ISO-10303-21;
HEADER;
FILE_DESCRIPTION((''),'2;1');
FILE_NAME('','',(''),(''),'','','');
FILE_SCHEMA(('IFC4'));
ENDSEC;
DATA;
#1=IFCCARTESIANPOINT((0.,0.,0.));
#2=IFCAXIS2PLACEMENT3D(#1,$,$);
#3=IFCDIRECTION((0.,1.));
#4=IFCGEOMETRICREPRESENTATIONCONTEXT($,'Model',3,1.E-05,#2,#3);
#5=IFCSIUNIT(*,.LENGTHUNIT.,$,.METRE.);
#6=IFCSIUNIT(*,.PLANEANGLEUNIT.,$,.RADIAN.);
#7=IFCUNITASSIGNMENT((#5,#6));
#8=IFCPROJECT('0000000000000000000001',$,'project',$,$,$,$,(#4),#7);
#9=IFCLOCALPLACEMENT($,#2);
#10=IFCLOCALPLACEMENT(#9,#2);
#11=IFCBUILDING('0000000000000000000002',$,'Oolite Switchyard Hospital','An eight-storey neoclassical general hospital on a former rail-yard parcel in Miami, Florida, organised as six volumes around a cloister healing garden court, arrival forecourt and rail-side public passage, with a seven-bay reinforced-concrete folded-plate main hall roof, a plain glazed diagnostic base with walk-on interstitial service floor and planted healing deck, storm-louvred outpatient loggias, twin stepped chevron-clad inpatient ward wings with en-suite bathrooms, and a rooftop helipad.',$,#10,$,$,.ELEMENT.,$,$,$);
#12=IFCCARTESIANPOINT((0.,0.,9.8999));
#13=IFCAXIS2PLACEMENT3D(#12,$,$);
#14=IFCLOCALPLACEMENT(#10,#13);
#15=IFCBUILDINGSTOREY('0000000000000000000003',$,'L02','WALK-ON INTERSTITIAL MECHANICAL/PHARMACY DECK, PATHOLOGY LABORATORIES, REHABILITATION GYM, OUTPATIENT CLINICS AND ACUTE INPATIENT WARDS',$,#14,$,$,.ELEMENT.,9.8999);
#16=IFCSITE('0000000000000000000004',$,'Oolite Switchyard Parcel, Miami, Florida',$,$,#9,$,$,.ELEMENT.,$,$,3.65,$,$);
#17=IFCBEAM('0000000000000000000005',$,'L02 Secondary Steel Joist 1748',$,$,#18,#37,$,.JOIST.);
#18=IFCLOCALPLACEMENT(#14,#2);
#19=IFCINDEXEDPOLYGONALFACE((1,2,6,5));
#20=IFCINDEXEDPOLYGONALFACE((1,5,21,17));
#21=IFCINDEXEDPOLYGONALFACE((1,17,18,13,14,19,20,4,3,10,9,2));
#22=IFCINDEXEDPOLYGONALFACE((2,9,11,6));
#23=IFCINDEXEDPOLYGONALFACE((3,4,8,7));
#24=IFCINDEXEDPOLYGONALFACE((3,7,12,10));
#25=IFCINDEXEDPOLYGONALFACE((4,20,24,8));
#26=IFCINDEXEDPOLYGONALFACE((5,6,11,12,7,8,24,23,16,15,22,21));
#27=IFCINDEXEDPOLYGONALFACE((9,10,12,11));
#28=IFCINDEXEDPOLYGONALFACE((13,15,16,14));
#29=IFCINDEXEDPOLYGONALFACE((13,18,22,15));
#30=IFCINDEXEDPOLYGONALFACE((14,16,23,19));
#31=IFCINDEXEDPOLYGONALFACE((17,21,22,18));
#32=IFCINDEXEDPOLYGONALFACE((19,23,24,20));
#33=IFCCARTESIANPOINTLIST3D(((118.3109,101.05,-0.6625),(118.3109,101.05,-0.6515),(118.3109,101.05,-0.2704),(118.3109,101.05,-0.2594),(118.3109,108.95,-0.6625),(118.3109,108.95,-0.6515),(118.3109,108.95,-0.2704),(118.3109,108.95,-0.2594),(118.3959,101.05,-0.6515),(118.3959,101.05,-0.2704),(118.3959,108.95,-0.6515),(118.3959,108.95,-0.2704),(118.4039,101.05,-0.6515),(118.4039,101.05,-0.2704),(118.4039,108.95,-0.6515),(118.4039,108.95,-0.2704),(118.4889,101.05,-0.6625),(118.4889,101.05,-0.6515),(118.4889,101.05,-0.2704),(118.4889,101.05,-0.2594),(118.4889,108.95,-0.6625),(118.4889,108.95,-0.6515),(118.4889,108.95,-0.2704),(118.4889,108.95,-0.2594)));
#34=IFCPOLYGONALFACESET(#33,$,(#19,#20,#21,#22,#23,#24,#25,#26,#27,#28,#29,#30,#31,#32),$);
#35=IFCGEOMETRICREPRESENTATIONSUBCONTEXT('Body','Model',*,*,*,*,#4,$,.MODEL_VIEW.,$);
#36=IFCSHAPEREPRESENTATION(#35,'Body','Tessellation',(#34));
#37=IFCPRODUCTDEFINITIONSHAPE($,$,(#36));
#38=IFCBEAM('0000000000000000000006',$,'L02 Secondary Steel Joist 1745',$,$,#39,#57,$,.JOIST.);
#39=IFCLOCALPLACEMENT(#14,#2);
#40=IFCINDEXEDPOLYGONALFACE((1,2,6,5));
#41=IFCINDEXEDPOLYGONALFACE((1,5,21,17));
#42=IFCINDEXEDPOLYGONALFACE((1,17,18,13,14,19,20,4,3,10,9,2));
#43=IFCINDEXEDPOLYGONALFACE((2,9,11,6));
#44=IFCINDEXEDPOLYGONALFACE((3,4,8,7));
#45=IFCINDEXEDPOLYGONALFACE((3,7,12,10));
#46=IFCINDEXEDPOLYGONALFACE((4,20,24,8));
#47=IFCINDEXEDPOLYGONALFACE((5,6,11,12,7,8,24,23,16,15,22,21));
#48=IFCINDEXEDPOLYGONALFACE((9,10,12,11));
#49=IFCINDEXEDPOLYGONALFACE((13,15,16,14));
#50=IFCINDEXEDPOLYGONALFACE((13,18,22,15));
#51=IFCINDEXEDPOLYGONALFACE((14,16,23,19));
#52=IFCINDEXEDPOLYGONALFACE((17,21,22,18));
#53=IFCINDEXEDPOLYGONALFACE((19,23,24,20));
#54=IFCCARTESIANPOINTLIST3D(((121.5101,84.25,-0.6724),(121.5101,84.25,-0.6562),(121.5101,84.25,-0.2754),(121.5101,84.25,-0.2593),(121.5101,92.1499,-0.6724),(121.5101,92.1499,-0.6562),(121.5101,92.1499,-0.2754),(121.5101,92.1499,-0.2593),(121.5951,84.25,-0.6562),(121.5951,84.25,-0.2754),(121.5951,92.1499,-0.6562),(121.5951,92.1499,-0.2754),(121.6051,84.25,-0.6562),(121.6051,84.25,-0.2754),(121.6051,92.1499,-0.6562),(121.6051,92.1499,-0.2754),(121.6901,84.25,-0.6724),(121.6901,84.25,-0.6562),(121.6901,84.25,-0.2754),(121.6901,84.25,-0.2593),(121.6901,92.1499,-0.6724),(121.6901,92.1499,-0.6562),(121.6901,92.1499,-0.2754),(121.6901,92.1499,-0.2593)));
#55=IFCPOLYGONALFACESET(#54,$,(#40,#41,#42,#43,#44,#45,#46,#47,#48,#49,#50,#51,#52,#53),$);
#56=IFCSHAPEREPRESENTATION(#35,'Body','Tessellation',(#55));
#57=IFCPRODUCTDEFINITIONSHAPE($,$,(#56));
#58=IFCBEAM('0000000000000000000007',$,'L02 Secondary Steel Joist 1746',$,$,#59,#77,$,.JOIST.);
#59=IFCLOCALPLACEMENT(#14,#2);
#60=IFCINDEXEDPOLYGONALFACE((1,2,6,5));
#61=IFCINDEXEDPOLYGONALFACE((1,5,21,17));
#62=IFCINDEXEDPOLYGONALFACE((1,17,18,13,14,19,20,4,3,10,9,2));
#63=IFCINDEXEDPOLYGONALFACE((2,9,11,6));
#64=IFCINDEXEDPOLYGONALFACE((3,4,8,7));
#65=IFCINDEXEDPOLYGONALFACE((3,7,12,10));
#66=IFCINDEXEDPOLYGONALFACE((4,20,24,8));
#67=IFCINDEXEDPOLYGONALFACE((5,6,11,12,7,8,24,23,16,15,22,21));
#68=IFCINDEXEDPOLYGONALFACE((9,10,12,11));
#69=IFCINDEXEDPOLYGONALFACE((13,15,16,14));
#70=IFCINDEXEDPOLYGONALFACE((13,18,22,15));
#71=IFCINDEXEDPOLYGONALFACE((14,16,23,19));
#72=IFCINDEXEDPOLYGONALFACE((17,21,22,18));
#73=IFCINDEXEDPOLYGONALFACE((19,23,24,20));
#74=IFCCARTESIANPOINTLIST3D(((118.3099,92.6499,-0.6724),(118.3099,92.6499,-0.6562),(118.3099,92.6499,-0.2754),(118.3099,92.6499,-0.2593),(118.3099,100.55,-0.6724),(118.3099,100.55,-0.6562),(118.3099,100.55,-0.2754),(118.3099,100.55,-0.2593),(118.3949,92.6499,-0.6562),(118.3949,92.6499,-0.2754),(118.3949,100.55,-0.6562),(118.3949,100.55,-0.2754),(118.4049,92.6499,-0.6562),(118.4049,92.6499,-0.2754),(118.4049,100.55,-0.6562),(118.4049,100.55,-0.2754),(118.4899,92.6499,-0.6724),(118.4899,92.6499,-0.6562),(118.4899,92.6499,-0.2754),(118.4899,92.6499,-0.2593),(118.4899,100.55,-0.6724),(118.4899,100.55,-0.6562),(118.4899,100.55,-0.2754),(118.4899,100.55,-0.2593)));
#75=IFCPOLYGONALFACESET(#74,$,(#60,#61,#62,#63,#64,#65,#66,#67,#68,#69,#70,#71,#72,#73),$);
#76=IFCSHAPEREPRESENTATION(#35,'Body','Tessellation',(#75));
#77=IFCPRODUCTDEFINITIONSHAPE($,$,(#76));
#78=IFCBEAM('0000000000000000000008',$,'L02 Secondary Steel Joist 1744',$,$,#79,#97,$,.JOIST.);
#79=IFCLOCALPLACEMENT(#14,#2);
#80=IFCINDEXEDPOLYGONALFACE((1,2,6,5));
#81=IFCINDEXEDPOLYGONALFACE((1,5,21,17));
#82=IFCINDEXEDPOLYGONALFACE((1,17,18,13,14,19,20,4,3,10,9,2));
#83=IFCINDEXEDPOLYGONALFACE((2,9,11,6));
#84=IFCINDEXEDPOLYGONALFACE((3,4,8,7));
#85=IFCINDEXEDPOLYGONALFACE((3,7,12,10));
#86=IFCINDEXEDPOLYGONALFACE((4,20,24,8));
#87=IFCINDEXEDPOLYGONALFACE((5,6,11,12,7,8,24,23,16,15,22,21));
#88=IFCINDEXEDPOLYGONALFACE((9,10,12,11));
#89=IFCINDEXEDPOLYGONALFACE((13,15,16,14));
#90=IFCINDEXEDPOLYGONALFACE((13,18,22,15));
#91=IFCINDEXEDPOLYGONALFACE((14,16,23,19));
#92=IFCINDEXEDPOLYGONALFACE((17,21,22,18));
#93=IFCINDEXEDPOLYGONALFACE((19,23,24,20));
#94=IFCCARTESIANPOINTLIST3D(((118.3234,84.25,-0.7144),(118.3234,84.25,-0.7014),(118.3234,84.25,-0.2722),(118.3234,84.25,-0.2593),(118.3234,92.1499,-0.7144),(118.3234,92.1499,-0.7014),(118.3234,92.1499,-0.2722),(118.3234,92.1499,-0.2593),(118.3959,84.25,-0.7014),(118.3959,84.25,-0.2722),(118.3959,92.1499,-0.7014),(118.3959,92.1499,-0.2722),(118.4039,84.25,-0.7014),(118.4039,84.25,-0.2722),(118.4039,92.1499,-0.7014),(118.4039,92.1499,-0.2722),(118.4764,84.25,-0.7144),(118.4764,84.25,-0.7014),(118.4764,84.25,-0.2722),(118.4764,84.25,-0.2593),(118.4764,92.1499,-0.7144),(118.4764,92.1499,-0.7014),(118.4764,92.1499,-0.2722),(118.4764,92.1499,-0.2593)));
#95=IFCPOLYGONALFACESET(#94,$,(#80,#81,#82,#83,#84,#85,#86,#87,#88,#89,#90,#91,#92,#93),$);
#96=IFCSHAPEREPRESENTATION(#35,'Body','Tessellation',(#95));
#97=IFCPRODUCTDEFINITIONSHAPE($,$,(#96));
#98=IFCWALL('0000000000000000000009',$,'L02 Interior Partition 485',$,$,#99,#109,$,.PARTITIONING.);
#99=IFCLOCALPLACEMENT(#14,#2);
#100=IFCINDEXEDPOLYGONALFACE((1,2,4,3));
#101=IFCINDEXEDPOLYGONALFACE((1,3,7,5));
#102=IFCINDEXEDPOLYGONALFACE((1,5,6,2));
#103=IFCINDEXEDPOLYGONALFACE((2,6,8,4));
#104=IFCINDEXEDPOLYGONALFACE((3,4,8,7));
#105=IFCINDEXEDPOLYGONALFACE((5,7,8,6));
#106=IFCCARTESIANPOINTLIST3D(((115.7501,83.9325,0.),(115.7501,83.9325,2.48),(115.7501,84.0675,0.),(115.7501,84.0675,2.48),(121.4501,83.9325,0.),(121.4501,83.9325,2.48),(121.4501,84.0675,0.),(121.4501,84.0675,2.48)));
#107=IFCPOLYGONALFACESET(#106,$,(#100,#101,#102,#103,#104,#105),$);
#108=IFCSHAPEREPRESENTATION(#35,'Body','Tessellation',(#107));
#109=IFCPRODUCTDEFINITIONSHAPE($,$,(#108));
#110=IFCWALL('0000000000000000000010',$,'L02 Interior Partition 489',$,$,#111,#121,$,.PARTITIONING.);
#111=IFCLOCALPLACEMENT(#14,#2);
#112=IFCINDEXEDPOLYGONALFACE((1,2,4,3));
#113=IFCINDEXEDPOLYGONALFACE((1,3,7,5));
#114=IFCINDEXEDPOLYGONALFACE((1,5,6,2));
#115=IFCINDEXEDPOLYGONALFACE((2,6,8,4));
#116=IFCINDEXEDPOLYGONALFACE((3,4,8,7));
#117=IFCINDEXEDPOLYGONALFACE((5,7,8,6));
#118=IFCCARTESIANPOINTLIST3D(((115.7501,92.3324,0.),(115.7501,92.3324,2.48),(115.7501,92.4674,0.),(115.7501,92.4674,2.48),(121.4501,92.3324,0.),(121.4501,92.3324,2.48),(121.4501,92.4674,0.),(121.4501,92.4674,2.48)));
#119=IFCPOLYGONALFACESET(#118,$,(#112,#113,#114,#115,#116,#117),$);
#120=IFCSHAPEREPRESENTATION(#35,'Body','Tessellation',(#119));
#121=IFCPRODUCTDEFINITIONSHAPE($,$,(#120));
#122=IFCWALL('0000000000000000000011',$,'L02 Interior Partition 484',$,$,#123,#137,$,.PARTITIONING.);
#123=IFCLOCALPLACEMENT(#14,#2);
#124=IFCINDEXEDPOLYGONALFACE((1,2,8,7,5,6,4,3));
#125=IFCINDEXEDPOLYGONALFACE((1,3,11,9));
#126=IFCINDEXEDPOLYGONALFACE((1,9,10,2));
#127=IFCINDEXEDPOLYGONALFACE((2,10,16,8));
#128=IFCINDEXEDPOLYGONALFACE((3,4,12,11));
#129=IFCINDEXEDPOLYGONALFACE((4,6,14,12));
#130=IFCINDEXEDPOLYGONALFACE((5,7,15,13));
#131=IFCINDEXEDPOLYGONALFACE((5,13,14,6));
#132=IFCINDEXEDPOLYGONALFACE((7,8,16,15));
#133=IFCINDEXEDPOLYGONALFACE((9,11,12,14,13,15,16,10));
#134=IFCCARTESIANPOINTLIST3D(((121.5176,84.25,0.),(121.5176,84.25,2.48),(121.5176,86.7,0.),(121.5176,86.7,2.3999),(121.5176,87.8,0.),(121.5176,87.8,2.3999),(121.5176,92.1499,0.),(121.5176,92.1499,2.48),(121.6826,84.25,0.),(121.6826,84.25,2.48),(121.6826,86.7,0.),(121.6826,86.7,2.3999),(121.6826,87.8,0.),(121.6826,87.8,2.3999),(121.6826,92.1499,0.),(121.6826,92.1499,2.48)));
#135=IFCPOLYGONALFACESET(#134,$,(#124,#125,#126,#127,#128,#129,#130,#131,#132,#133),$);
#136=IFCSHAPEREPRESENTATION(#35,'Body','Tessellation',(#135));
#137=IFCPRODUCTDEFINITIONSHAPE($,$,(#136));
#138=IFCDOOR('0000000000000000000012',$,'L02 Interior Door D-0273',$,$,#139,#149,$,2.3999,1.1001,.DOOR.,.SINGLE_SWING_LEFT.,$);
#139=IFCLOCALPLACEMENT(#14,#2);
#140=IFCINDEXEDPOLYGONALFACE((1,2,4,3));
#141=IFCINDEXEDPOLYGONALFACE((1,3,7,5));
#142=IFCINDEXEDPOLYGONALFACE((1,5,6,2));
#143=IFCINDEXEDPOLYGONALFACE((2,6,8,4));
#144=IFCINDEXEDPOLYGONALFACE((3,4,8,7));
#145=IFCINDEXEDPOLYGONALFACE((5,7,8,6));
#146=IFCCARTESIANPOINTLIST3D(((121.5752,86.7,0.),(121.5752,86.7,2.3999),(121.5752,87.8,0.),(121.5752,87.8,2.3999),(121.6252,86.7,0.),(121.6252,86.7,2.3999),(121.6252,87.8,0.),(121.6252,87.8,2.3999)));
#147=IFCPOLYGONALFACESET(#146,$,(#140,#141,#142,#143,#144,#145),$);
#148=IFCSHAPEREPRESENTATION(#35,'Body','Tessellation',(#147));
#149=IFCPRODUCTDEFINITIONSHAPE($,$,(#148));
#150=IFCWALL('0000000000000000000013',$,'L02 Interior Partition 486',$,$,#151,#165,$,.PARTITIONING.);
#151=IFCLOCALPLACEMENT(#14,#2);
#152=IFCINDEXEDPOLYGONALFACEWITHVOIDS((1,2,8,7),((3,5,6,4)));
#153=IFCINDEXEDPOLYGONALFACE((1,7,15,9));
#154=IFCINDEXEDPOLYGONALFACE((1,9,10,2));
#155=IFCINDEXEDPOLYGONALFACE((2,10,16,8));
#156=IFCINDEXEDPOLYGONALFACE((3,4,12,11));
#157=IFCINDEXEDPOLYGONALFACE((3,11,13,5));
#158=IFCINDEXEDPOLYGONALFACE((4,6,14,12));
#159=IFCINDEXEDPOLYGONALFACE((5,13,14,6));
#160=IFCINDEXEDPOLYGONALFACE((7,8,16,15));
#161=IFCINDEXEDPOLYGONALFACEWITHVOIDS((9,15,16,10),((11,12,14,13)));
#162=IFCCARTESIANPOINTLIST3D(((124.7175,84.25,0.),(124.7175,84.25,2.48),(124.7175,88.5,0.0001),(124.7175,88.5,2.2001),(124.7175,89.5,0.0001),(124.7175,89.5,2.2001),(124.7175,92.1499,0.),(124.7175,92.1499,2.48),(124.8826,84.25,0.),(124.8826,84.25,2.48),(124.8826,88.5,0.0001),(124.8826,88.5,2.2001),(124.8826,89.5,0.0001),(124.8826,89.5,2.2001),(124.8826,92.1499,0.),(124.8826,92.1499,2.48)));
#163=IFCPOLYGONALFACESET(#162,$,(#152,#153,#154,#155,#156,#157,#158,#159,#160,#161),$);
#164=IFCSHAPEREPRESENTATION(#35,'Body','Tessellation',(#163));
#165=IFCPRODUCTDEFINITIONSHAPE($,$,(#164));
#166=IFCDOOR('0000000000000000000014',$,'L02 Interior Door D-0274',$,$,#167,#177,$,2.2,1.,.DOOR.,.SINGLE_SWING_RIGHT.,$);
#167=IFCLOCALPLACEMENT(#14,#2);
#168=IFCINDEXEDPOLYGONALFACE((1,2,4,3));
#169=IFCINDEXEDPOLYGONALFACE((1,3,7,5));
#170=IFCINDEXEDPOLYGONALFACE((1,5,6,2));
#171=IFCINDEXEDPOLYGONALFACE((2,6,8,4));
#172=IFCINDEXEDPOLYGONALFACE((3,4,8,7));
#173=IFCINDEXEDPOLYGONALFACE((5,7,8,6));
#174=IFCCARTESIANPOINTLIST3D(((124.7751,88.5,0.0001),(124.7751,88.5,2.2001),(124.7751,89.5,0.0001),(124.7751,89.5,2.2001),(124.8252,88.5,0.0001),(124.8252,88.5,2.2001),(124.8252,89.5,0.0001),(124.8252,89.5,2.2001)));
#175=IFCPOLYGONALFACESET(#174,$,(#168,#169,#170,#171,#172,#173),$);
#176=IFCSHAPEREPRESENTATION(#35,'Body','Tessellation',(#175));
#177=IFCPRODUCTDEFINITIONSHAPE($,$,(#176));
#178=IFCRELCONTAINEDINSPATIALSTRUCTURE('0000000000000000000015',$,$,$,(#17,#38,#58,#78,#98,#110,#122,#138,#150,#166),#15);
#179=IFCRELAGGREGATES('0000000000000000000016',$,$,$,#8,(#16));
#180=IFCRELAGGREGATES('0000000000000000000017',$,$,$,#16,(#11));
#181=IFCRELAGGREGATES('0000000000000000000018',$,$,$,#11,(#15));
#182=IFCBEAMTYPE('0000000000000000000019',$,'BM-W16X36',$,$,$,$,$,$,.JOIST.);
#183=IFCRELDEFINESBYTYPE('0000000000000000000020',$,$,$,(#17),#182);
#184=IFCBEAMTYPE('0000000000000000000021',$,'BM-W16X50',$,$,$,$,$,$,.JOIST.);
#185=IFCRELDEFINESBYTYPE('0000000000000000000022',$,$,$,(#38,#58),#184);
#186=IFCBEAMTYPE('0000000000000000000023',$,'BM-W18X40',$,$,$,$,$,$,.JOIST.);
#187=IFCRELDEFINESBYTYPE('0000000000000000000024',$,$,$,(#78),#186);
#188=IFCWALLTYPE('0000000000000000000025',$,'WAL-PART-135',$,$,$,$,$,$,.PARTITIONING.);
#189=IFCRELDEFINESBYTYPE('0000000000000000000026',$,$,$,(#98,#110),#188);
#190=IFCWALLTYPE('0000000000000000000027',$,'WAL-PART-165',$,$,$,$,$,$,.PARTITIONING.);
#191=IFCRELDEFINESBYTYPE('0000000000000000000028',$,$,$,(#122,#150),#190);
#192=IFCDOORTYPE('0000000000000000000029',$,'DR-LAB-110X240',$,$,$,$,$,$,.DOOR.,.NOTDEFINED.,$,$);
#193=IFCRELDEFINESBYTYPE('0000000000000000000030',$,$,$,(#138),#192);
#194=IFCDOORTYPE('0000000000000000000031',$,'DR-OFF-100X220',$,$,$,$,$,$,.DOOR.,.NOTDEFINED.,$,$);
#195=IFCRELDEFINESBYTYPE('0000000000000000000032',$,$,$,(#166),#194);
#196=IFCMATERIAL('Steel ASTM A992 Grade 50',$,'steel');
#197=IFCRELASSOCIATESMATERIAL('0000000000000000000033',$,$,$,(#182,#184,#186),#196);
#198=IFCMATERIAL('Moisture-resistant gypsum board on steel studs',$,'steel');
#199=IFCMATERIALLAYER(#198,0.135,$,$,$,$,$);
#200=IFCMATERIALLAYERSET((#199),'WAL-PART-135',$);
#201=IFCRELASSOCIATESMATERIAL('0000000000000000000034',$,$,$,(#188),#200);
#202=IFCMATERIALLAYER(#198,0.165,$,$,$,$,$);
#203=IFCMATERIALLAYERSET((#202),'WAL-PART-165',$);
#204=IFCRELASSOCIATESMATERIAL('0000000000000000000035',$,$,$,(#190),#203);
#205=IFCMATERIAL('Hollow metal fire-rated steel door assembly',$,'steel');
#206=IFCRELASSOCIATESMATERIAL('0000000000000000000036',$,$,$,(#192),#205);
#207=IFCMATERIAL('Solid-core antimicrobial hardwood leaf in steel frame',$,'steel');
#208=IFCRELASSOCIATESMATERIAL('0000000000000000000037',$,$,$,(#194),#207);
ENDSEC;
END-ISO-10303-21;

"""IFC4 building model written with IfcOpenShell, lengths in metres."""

from ifc_helpers import new_model, si_unit, direction, frame, frame_2d, origin, origin_2d, place, context, subcontext, project, spatial, rectangle, i_section, extrude, material, layer, layer_set, material_profile, profile_set, type_object, element, fill, save


model = new_model("IFC4")

# Units and contexts
model_context = context("Model", 3, precision=1e-05, world=origin(), true_north=direction((0.0, 1.0)))
body_context = subcontext(model_context, "Body", "Model", "MODEL_VIEW")
ifc_project = project(units=[si_unit("LENGTHUNIT", "METRE"), si_unit("PLANEANGLEUNIT", "RADIAN")], contexts=[model_context])

# Site, building, storey
site_placement = place(None, origin())
site = spatial("IfcSite", under=ifc_project, at=site_placement, Name="Oolite Switchyard Parcel, Miami, Florida", CompositionType="ELEMENT", RefElevation=3.65)
building_placement = place(site_placement, origin())
building = spatial("IfcBuilding", under=site, at=building_placement, Name="Oolite Switchyard Hospital", Description="An eight-storey neoclassical general hospital on a former rail-yard parcel in Miami, Florida, organised as six volumes around a cloister healing garden court, arrival forecourt and rail-side public passage, with a seven-bay reinforced-concrete folded-plate main hall roof, a plain glazed diagnostic base with walk-on interstitial service floor and planted healing deck, storm-louvred outpatient loggias, twin stepped chevron-clad inpatient ward wings with en-suite bathrooms, and a rooftop helipad.", CompositionType="ELEMENT")
storey_placement = place(building_placement, frame((0.0, 0.0, 9.8999)))
storey = spatial("IfcBuildingStorey", under=building, at=storey_placement, Name="L02", Description="WALK-ON INTERSTITIAL MECHANICAL/PHARMACY DECK, PATHOLOGY LABORATORIES, REHABILITATION GYM, OUTPATIENT CLINICS AND ACUTE INPATIENT WARDS", CompositionType="ELEMENT", Elevation=9.8999)

# Shared definitions
ifc_material_1 = material(Name="Steel ASTM A992 Grade 50", Category="steel")

# Beams
ifc_material_profile_1 = material_profile(ifc_material_1, i_section(OverallWidth=0.178, OverallDepth=0.4031, WebThickness=0.0081, FlangeThickness=0.011, at=origin_2d()), Name="W16X36")
ifc_profile_set_1 = profile_set([ifc_material_profile_1], Name="Steel ASTM A992 Grade 50")
beam_type_1 = type_object("IfcBeamType", Name="BM-W16X36", PredefinedType="JOIST", material=ifc_profile_set_1)
beam_1_placement = place(storey_placement, frame((118.3999, 101.05, -0.4609), z_axis=(0.0, 1.0, 0.0), x_axis=(-1.0, 0.0, 0.0)))
element("IfcBeam", 1, at=beam_1_placement, inside=storey, type_object=beam_type_1, Name="L02 Secondary Steel Joist 1748", PredefinedType="JOIST", context=body_context, shape_type="SweptSolid", body=[
    extrude(i_section(OverallWidth=0.178, OverallDepth=0.4031, WebThickness=0.0081, FlangeThickness=0.011, at=origin_2d()), origin(), (0.0, 0.0, 1.0), 7.8999),
])
ifc_material_profile_2 = material_profile(ifc_material_1, i_section(OverallWidth=0.1799, OverallDepth=0.4131, WebThickness=0.01, FlangeThickness=0.0161, at=origin_2d()), Name="W16X50")
ifc_profile_set_2 = profile_set([ifc_material_profile_2], Name="Steel ASTM A992 Grade 50")
beam_type_2 = type_object("IfcBeamType", Name="BM-W16X50", PredefinedType="JOIST", material=ifc_profile_set_2)
beam_2_placement = place(storey_placement, frame((121.6001, 84.25, -0.4658), z_axis=(0.0, 1.0, 0.0), x_axis=(-1.0, 0.0, 0.0)))
element("IfcBeam", 2, at=beam_2_placement, inside=storey, type_object=beam_type_2, Name="L02 Secondary Steel Joist 1745", PredefinedType="JOIST", context=body_context, shape_type="SweptSolid", body=[
    extrude(i_section(OverallWidth=0.1799, OverallDepth=0.4131, WebThickness=0.01, FlangeThickness=0.0161, at=origin_2d()), origin(), (0.0, 0.0, 1.0), 7.8999),
])
beam_3_placement = place(storey_placement, frame((118.3999, 92.6499, -0.4658), z_axis=(0.0, 1.0, 0.0), x_axis=(-1.0, 0.0, 0.0)))
element("IfcBeam", 3, at=beam_3_placement, inside=storey, type_object=beam_type_2, Name="L02 Secondary Steel Joist 1746", PredefinedType="JOIST", context=body_context, shape_type="SweptSolid", body=[
    extrude(i_section(OverallWidth=0.1799, OverallDepth=0.4131, WebThickness=0.01, FlangeThickness=0.0161, at=origin_2d()), origin(), (0.0, 0.0, 1.0), 7.9001),
])
ifc_material_profile_3 = material_profile(ifc_material_1, i_section(OverallWidth=0.1531, OverallDepth=0.4551, WebThickness=0.0081, FlangeThickness=0.0129, at=origin_2d()), Name="W18X40")
ifc_profile_set_3 = profile_set([ifc_material_profile_3], Name="Steel ASTM A992 Grade 50")
beam_type_3 = type_object("IfcBeamType", Name="BM-W18X40", PredefinedType="JOIST", material=ifc_profile_set_3)
beam_4_placement = place(storey_placement, frame((118.3999, 84.25, -0.4868), z_axis=(0.0, 1.0, 0.0), x_axis=(-1.0, 0.0, 0.0)))
element("IfcBeam", 4, at=beam_4_placement, inside=storey, type_object=beam_type_3, Name="L02 Secondary Steel Joist 1744", PredefinedType="JOIST", context=body_context, shape_type="SweptSolid", body=[
    extrude(i_section(OverallWidth=0.1531, OverallDepth=0.4551, WebThickness=0.0081, FlangeThickness=0.0129, at=origin_2d()), origin(), (0.0, 0.0, 1.0), 7.8999),
])

# Walls
ifc_material_2 = material(Name="Moisture-resistant gypsum board on steel studs", Category="steel")
ifc_layer_1 = layer(ifc_material_2, 0.135)
ifc_layer_set_1 = layer_set([ifc_layer_1], Name="WAL-PART-135")
wall_type_1 = type_object("IfcWallType", Name="WAL-PART-135", PredefinedType="PARTITIONING", material=ifc_layer_set_1)
for number, where, z_axis, x_axis, name in (
    (5, (115.75, 84.0, 0.0), (0.0, 0.0, 1.0), (1.0, 0.0, 0.0), "L02 Interior Partition 485"),
    (6, (115.75, 92.3999, 0.0), (0.0, 0.0, 1.0), (1.0, 0.0, 0.0), "L02 Interior Partition 489"),
):
    element("IfcWall", number, at=place(storey_placement, frame(where, z_axis=z_axis, x_axis=x_axis)), inside=storey, type_object=wall_type_1, Name=name, PredefinedType="PARTITIONING", context=body_context, shape_type="SweptSolid", body=[
        extrude(rectangle(XDim=5.7, YDim=0.135, at=frame_2d((2.8501, 0.0))), origin(), (0.0, 0.0, 1.0), 2.48),
    ])

# Walls, openings, doors
ifc_layer_2 = layer(ifc_material_2, 0.165)
ifc_layer_set_2 = layer_set([ifc_layer_2], Name="WAL-PART-165")
wall_type_2 = type_object("IfcWallType", Name="WAL-PART-165", PredefinedType="PARTITIONING", material=ifc_layer_set_2)
wall_1_placement = place(storey_placement, frame((121.6001, 84.25, 0.0), z_axis=(0.0, 0.0, 1.0), x_axis=(0.0, 1.0, 0.0)))
wall_1 = element("IfcWall", 7, at=wall_1_placement, inside=storey, type_object=wall_type_2, Name="L02 Interior Partition 484", PredefinedType="PARTITIONING", context=body_context, shape_type="SweptSolid", body=[
    extrude(rectangle(XDim=7.8999, YDim=0.165, at=frame_2d((3.95, 0.0))), origin(), (0.0, 0.0, 1.0), 2.48),
])
opening_1_placement = place(wall_1_placement, frame((2.45, 0.0, 0.0)))
opening_1 = element("IfcOpeningElement", 8, at=opening_1_placement, cuts=wall_1, PredefinedType="OPENING", context=body_context, shape_type="SweptSolid", body=[
    extrude(rectangle(XDim=1.1001, YDim=2.3999, at=frame_2d((0.55, 1.2))), frame((0.0, 0.0925, 0.0), z_axis=(0.0, -1.0, 0.0), x_axis=(1.0, 0.0, 0.0)), (0.0, 0.0, 1.0), 0.1851),
])
ifc_material_3 = material(Name="Hollow metal fire-rated steel door assembly", Category="steel")
door_type_1 = type_object("IfcDoorType", Name="DR-LAB-110X240", OperationType="NOTDEFINED", PredefinedType="DOOR", material=ifc_material_3)
door_1_placement = place(opening_1_placement, origin())
door_1 = element("IfcDoor", 9, at=door_1_placement, inside=storey, type_object=door_type_1, Name="L02 Interior Door D-0273", OperationType="SINGLE_SWING_LEFT", OverallHeight=2.3999, OverallWidth=1.1001, PredefinedType="DOOR", context=body_context, shape_type="SweptSolid", body=[
    extrude(rectangle(XDim=1.1001, YDim=2.3999, at=frame_2d((0.55, 1.2))), frame((0.0, 0.0249, 0.0), z_axis=(0.0, -1.0, 0.0), x_axis=(1.0, 0.0, 0.0)), (0.0, 0.0, 1.0), 0.05),
])
fill(opening_1, door_1)
wall_2_placement = place(storey_placement, frame((124.8, 84.25, 0.0), z_axis=(0.0, 0.0, 1.0), x_axis=(0.0, 1.0, 0.0)))
wall_2 = element("IfcWall", 10, at=wall_2_placement, inside=storey, type_object=wall_type_2, Name="L02 Interior Partition 486", PredefinedType="PARTITIONING", context=body_context, shape_type="SweptSolid", body=[
    extrude(rectangle(XDim=7.8999, YDim=0.165, at=frame_2d((3.95, 0.0))), origin(), (0.0, 0.0, 1.0), 2.48),
])
opening_2_placement = place(wall_2_placement, frame((4.25, 0.0, 0.0)))
opening_2 = element("IfcOpeningElement", 11, at=opening_2_placement, cuts=wall_2, PredefinedType="OPENING", context=body_context, shape_type="SweptSolid", body=[
    extrude(rectangle(XDim=1.0, YDim=2.2, at=frame_2d((0.5, 1.1001))), frame((0.0, 0.0925, 0.0), z_axis=(0.0, -1.0, 0.0), x_axis=(1.0, 0.0, 0.0)), (0.0, 0.0, 1.0), 0.1851),
])
ifc_material_4 = material(Name="Solid-core antimicrobial hardwood leaf in steel frame", Category="steel")
door_type_2 = type_object("IfcDoorType", Name="DR-OFF-100X220", OperationType="NOTDEFINED", PredefinedType="DOOR", material=ifc_material_4)
door_2_placement = place(opening_2_placement, origin())
door_2 = element("IfcDoor", 12, at=door_2_placement, inside=storey, type_object=door_type_2, Name="L02 Interior Door D-0274", OperationType="SINGLE_SWING_RIGHT", OverallHeight=2.2, OverallWidth=1.0, PredefinedType="DOOR", context=body_context, shape_type="SweptSolid", body=[
    extrude(rectangle(XDim=1.0, YDim=2.2, at=frame_2d((0.5, 1.1001))), frame((0.0, 0.0249, 0.0), z_axis=(0.0, -1.0, 0.0), x_axis=(1.0, 0.0, 0.0)), (0.0, 0.0, 1.0), 0.05),
])
fill(opening_2, door_2)

save(model, "model.ifc")
